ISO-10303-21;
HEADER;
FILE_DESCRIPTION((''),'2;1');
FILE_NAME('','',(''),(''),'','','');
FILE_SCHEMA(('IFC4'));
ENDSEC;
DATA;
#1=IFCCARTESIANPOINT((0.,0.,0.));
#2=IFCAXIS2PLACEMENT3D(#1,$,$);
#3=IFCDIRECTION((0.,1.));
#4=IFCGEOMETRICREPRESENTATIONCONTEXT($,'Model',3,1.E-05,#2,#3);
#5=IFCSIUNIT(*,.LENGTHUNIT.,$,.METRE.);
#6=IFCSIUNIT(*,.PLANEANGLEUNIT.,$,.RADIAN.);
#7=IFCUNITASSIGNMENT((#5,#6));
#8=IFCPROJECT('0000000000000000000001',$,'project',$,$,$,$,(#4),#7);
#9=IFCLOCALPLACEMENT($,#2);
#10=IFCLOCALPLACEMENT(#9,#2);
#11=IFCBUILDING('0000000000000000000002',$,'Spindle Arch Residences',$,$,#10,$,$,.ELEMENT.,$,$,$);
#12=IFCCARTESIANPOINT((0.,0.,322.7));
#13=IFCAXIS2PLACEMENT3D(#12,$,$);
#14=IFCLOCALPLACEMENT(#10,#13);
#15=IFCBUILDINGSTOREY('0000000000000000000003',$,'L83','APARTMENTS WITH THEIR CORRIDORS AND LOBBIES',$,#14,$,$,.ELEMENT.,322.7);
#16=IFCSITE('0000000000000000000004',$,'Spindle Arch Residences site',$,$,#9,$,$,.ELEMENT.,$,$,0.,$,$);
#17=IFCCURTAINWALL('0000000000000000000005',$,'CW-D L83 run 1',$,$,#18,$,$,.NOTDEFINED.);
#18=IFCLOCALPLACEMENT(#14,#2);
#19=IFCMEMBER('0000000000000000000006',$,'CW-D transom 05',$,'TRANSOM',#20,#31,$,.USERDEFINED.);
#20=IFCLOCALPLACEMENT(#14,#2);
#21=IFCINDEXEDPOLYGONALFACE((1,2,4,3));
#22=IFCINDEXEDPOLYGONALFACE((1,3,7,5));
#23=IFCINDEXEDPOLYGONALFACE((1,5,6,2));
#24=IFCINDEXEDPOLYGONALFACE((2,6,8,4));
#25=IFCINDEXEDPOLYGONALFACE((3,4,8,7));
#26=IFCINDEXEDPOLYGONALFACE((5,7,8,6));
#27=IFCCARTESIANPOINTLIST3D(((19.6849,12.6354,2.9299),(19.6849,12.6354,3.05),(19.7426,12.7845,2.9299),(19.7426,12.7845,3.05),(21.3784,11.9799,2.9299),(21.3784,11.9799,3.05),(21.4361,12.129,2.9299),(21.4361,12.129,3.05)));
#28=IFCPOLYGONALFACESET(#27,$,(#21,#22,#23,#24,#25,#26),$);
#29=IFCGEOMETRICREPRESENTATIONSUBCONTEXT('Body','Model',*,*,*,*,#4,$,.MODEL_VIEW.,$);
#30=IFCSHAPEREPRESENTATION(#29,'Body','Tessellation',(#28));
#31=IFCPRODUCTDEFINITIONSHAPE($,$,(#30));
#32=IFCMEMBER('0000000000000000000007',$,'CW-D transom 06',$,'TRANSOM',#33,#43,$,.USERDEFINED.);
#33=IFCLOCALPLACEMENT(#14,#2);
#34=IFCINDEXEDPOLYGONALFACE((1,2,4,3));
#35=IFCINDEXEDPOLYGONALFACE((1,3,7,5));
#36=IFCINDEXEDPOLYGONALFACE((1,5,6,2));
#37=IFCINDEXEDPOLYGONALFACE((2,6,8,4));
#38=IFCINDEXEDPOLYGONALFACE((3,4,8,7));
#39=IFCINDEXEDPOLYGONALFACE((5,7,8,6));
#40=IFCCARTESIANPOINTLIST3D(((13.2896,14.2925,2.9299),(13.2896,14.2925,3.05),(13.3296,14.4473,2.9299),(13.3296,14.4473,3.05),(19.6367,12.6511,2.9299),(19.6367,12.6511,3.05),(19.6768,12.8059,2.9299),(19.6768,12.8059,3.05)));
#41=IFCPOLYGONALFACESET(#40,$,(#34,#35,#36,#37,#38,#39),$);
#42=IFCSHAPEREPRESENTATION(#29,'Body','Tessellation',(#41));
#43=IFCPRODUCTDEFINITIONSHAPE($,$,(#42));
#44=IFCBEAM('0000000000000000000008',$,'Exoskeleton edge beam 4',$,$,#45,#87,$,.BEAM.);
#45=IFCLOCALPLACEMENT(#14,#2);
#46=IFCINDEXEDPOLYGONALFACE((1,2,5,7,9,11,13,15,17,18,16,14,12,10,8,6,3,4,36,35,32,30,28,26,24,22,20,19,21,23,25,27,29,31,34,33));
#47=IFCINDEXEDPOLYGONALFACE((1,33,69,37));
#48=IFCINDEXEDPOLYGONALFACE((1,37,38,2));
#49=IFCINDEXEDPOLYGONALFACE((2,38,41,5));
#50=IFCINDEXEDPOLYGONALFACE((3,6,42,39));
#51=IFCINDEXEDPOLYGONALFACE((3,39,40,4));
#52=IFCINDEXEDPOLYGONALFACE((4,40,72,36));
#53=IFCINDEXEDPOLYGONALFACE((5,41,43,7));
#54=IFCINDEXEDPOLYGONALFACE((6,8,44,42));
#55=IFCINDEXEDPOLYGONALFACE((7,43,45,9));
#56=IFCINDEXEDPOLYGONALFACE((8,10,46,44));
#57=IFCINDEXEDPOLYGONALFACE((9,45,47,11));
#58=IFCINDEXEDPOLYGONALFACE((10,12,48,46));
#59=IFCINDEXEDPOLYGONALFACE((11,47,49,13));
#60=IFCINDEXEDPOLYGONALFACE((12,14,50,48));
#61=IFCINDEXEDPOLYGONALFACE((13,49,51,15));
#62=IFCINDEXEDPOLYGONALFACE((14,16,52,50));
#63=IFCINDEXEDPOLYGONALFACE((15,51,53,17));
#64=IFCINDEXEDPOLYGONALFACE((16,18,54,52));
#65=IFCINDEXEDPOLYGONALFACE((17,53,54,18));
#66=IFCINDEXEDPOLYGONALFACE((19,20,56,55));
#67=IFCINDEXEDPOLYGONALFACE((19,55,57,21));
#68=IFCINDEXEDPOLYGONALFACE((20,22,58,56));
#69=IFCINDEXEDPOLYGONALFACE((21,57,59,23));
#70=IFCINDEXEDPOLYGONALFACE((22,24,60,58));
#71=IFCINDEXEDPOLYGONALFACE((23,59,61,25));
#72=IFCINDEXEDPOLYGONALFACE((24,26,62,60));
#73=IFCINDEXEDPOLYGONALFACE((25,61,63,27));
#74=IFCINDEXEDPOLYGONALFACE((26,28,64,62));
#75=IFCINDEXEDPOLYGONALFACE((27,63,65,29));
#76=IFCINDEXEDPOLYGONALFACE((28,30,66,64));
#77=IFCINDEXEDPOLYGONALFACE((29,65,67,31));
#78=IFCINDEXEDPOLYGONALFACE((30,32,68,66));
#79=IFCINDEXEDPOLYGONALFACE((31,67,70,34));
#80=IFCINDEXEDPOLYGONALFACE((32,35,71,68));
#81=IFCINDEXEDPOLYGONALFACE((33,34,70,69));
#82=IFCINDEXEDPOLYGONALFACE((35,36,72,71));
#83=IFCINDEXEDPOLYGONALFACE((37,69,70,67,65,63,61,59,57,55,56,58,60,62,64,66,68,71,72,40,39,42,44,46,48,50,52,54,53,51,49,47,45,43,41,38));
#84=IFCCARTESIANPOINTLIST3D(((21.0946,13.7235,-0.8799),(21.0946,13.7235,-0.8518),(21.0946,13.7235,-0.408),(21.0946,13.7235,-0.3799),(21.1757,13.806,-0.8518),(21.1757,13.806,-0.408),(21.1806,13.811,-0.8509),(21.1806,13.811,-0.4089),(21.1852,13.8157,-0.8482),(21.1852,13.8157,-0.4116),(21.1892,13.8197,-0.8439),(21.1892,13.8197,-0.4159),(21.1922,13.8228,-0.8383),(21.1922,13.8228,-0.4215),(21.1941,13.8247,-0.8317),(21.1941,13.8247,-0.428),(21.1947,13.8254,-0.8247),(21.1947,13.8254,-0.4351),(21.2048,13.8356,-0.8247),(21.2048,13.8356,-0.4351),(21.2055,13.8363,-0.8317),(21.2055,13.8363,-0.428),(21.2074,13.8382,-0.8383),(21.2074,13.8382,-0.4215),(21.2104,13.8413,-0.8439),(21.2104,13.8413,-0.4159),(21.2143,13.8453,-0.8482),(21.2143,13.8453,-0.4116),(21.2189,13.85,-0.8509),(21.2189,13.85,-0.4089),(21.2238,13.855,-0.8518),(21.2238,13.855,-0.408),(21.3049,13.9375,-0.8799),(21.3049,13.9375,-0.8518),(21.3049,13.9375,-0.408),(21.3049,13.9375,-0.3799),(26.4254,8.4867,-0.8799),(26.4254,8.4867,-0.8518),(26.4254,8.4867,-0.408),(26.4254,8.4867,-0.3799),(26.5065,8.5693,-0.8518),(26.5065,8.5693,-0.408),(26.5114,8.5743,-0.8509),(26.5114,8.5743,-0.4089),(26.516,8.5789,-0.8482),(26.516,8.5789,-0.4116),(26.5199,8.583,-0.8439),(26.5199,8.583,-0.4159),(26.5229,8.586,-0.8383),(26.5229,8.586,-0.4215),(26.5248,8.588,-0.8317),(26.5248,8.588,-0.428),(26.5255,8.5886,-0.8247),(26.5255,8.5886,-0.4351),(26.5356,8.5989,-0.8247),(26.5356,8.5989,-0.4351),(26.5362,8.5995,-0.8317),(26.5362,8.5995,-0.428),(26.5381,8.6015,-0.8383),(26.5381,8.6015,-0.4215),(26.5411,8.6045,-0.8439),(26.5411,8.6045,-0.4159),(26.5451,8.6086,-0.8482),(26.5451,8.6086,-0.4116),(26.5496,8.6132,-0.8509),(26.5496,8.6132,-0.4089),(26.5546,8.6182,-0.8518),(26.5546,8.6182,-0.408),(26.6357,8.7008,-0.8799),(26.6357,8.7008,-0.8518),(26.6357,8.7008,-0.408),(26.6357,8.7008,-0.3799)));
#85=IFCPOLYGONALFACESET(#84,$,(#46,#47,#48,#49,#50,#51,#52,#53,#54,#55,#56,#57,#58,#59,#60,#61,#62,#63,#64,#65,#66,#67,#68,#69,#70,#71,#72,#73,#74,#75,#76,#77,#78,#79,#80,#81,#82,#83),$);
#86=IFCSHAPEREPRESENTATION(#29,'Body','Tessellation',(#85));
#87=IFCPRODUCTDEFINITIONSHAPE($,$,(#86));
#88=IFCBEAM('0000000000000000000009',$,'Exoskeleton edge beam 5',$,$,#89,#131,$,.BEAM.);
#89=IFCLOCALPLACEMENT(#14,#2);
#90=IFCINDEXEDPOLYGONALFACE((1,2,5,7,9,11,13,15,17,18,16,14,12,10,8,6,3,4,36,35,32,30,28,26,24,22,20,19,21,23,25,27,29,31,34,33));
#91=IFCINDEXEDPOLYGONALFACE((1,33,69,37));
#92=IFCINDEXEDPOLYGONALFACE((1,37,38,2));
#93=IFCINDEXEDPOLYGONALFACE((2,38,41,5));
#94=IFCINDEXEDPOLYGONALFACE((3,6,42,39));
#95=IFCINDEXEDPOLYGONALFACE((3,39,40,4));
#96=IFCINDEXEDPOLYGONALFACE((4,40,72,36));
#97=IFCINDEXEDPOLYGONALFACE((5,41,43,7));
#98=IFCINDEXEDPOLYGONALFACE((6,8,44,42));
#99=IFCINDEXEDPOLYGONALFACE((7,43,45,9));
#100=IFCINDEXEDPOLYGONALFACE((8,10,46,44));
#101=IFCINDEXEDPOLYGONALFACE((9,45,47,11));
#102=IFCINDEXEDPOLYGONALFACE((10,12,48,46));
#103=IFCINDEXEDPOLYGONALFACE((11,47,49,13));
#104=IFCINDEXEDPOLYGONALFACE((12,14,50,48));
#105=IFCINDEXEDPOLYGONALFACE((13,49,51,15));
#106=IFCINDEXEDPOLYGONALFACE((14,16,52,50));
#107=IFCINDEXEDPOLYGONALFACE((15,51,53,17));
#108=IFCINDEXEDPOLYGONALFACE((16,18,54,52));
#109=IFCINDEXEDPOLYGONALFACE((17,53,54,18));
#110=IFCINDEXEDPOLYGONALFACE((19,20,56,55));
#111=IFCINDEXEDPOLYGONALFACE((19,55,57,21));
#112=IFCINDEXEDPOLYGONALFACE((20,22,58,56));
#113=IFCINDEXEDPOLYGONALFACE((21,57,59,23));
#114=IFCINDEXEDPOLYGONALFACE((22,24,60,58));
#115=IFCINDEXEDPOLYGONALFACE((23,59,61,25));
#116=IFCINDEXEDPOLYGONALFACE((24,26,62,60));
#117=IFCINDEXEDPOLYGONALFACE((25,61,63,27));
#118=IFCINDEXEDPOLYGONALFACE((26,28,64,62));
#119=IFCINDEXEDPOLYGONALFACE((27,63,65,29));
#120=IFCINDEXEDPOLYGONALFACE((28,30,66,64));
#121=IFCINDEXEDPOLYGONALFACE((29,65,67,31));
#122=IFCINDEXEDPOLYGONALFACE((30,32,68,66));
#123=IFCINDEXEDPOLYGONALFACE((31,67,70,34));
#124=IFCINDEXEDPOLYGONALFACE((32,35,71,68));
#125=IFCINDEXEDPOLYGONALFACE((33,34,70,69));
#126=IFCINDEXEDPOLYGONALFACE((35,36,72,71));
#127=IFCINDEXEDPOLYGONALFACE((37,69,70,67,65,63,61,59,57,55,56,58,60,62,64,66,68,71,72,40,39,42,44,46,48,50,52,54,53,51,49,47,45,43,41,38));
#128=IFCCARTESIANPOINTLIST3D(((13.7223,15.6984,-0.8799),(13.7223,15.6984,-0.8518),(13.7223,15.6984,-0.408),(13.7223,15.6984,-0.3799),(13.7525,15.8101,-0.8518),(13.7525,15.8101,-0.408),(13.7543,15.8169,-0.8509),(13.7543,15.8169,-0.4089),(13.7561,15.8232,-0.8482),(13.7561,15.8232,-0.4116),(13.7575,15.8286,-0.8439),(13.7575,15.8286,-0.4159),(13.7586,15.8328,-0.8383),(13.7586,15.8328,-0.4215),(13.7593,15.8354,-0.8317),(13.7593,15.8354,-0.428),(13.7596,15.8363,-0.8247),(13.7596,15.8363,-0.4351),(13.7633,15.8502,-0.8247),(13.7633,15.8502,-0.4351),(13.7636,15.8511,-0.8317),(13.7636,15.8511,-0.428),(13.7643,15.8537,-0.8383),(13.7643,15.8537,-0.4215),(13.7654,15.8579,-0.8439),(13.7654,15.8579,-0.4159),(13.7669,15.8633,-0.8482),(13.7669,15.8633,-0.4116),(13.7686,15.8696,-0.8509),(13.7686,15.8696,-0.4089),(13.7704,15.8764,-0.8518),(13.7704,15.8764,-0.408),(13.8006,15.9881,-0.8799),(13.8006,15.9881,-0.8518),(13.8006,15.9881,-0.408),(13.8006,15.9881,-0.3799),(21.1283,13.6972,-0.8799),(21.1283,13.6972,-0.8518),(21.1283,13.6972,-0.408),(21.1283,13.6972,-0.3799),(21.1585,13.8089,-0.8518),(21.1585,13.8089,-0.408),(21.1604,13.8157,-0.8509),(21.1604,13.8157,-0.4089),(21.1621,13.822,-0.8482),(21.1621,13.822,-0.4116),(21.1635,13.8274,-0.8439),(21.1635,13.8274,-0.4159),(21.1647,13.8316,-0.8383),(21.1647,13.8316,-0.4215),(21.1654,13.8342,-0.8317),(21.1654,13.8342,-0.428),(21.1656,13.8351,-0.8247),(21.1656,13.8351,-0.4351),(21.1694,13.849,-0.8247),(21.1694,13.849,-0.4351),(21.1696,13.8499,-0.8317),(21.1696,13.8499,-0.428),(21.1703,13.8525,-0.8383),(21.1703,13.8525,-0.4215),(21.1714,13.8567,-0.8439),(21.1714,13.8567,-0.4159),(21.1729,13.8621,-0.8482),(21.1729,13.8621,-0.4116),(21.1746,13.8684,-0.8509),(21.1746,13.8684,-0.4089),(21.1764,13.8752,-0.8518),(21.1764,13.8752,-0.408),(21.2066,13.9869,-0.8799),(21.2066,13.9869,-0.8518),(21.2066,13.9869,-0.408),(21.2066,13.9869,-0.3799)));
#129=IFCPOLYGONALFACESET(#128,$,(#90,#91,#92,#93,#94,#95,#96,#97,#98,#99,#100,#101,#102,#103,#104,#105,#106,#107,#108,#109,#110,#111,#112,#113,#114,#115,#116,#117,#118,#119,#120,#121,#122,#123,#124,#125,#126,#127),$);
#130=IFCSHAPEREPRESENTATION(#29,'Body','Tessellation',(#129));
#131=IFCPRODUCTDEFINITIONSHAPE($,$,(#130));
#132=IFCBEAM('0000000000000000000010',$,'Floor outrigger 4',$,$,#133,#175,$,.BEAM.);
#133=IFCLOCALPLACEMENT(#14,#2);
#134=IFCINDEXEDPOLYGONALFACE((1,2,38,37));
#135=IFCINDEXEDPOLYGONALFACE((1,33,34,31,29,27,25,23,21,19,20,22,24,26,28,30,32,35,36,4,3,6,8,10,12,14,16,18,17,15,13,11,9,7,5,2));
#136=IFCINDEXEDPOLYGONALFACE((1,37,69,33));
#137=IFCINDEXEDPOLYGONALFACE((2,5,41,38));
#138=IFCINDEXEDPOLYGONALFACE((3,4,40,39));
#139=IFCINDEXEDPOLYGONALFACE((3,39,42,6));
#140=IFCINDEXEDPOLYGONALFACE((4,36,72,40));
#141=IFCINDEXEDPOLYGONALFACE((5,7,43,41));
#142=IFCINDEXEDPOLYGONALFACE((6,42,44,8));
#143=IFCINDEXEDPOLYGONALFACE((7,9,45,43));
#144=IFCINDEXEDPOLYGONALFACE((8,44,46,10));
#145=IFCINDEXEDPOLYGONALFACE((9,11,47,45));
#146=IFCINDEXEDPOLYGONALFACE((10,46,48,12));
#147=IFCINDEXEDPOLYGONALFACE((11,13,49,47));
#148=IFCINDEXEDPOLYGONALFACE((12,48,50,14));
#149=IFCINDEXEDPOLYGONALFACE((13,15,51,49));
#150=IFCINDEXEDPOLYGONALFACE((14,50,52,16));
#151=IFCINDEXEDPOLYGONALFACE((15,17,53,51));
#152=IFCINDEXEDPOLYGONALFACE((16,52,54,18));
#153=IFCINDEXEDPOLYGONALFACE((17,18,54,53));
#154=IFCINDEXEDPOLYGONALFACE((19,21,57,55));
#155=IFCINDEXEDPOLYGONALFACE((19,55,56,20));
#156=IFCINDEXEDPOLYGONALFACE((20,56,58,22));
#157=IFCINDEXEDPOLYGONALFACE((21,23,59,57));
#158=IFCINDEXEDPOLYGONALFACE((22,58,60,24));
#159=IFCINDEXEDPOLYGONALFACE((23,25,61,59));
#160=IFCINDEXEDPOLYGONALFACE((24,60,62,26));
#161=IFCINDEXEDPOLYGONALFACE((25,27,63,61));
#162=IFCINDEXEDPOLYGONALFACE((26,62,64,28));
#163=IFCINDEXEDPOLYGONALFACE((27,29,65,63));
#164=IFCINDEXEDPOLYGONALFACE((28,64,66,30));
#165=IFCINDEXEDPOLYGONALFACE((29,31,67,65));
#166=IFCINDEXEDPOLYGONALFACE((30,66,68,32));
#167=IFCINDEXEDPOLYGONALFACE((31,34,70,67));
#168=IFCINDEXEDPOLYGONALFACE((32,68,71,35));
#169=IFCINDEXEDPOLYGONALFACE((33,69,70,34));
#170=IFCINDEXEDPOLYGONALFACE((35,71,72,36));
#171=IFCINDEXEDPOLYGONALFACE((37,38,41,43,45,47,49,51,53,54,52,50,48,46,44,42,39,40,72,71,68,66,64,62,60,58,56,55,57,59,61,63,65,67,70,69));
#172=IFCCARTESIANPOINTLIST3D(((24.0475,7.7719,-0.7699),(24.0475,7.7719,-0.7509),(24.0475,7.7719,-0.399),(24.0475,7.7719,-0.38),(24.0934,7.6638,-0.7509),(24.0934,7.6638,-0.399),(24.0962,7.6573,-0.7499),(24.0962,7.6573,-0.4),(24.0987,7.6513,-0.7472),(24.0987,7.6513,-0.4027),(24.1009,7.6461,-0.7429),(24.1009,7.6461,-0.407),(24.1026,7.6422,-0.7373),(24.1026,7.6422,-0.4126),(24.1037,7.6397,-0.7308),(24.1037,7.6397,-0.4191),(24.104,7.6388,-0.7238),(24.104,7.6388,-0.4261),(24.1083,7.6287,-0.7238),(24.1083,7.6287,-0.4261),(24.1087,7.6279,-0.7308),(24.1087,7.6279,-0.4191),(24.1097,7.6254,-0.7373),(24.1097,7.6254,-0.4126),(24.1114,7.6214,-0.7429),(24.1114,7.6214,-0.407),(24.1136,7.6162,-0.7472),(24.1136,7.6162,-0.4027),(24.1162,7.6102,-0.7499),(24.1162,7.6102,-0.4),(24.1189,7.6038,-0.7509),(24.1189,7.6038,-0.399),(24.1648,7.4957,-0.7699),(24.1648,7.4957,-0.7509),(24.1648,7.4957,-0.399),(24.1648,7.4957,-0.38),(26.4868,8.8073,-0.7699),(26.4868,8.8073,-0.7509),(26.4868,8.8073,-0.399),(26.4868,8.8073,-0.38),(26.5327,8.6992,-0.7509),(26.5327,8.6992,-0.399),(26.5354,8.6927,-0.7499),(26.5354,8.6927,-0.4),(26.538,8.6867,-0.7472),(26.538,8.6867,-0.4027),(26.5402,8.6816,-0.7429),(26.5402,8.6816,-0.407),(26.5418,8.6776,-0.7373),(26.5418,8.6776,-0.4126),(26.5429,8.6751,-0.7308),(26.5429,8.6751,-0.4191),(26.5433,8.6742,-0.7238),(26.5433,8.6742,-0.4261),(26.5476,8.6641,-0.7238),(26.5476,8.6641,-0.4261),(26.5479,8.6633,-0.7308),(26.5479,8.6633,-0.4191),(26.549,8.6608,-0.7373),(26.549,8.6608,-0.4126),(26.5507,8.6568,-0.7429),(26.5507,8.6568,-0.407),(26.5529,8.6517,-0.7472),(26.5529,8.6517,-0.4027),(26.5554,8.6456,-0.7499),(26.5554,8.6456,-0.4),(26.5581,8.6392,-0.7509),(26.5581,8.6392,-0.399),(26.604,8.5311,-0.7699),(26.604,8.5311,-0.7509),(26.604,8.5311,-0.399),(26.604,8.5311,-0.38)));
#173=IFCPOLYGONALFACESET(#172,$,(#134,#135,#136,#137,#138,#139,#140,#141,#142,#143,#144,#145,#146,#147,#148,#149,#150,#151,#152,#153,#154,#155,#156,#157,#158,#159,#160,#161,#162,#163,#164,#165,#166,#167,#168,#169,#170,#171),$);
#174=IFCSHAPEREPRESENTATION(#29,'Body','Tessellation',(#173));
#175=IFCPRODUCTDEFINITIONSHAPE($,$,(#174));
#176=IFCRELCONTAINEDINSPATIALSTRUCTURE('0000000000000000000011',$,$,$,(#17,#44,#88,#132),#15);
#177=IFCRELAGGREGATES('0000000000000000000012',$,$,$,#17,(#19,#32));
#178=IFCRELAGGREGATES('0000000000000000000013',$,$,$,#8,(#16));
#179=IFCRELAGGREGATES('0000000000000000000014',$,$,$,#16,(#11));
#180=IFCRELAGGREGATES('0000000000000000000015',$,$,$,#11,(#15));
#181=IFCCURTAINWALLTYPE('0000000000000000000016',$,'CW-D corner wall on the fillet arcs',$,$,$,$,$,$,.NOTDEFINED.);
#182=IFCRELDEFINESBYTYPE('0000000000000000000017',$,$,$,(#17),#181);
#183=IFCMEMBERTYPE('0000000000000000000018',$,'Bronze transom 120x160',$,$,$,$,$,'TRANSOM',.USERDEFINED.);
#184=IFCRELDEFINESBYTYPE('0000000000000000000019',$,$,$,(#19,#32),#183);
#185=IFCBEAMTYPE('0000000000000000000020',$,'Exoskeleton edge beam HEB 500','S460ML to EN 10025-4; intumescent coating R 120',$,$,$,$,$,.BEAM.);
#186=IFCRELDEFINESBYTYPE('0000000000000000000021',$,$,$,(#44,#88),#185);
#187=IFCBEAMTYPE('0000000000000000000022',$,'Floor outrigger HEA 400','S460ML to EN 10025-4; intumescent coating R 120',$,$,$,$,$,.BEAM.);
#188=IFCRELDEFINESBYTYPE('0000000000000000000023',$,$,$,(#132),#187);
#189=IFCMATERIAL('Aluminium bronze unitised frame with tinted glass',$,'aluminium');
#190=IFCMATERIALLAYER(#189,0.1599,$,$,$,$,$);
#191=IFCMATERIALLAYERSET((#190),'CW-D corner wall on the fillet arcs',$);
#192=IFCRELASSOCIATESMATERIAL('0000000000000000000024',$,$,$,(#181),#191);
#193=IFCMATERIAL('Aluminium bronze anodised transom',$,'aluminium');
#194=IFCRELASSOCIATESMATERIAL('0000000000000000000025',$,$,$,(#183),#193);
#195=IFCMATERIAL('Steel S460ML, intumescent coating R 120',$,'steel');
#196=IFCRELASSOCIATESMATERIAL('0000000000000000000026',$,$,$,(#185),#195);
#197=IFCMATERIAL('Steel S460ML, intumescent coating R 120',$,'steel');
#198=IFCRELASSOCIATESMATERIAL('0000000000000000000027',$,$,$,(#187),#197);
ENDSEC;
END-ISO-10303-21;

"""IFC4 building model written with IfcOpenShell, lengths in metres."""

from ifc_helpers import new_model, si_unit, direction, frame, origin, origin_2d, place, context, subcontext, project, spatial, rectangle, i_section, extrude, material, layer, layer_set, material_profile, profile_set, type_object, element, aggregate, save


model = new_model("IFC4")

# Units and contexts
model_context = context("Model", 3, precision=1e-05, world=origin(), true_north=direction((0.0, 1.0)))
body_context = subcontext(model_context, "Body", "Model", "MODEL_VIEW")
ifc_project = project(units=[si_unit("LENGTHUNIT", "METRE"), si_unit("PLANEANGLEUNIT", "RADIAN")], contexts=[model_context])

# Site, building, storey
site_placement = place(None, origin())
site = spatial("IfcSite", under=ifc_project, at=site_placement, Name="Spindle Arch Residences site", CompositionType="ELEMENT", RefElevation=0.0)
building_placement = place(site_placement, origin())
building = spatial("IfcBuilding", under=site, at=building_placement, Name="Spindle Arch Residences", CompositionType="ELEMENT")
storey_placement = place(building_placement, frame((0.0, 0.0, 322.7)))
storey = spatial("IfcBuildingStorey", under=building, at=storey_placement, Name="L83", Description="APARTMENTS WITH THEIR CORRIDORS AND LOBBIES", CompositionType="ELEMENT", Elevation=322.7)

# Curtain wall, members
ifc_material_1 = material(Name="Aluminium bronze unitised frame with tinted glass", Category="aluminium")
ifc_layer_1 = layer(ifc_material_1, 0.1599)
ifc_layer_set_1 = layer_set([ifc_layer_1], Name="CW-D corner wall on the fillet arcs")
curtain_wall_type = type_object("IfcCurtainWallType", Name="CW-D corner wall on the fillet arcs", PredefinedType="NOTDEFINED", material=ifc_layer_set_1)
curtain_wall_placement = place(storey_placement, origin())
curtain_wall = element("IfcCurtainWall", 1, at=curtain_wall_placement, inside=storey, type_object=curtain_wall_type, Name="CW-D L83 run 1", PredefinedType="NOTDEFINED")
ifc_material_2 = material(Name="Aluminium bronze anodised transom", Category="aluminium")
ifc_material_profile_1 = material_profile(ifc_material_2, rectangle(XDim=0.1599, YDim=0.1201, at=origin_2d()), Name="TR 120x160")
ifc_profile_set_1 = profile_set([ifc_material_profile_1], Name="Aluminium bronze anodised transom")
member_type_1 = type_object("IfcMemberType", Name="Bronze transom 120x160", ElementType="TRANSOM", PredefinedType="USERDEFINED", material=ifc_profile_set_1)
member_1_placement = place(storey_placement, frame((21.4072, 12.0544, 2.99), z_axis=(-0.932581, 0.36096, 0.0), x_axis=(-0.36096, -0.932581, 0.0)))
member_1 = element("IfcMember", 2, at=member_1_placement, type_object=member_type_1, Name="CW-D transom 05", ObjectType="TRANSOM", PredefinedType="USERDEFINED", context=body_context, shape_type="SweptSolid", body=[
    extrude(rectangle(XDim=0.1599, YDim=0.1201, at=origin_2d()), origin(), (0.0, 0.0, 1.0), 1.8159),
])
member_2_placement = place(storey_placement, frame((19.6567, 12.7285, 2.99), z_axis=(-0.968153, 0.250361, 0.0), x_axis=(-0.250361, -0.968153, 0.0)))
member_2 = element("IfcMember", 3, at=member_2_placement, type_object=member_type_1, Name="CW-D transom 06", ObjectType="TRANSOM", PredefinedType="USERDEFINED", context=body_context, shape_type="SweptSolid", body=[
    extrude(rectangle(XDim=0.1599, YDim=0.1201, at=origin_2d()), origin(), (0.0, 0.0, 1.0), 6.5559),
])

# Beams
ifc_material_3 = material(Name="Steel S460ML, intumescent coating R 120", Category="steel")
ifc_material_profile_2 = material_profile(ifc_material_3, i_section(OverallWidth=0.3, OverallDepth=0.5, WebThickness=0.0144, FlangeThickness=0.0281, FilletRadius=0.0271, at=origin_2d()), Name="HEB 500")
ifc_profile_set_2 = profile_set([ifc_material_profile_2], Name="Steel S460ML, intumescent coating R 120")
beam_type_1 = type_object("IfcBeamType", Name="Exoskeleton edge beam HEB 500", Description="S460ML to EN 10025-4; intumescent coating R 120", PredefinedType="BEAM", material=ifc_profile_set_2)
beam_1_placement = place(storey_placement, frame((26.5305, 8.5938, -0.6299), z_axis=(-0.713368, 0.70079, 0.0), x_axis=(-0.70079, -0.713368, 0.0)))
element("IfcBeam", 4, at=beam_1_placement, inside=storey, type_object=beam_type_1, Name="Exoskeleton edge beam 4", PredefinedType="BEAM", context=body_context, shape_type="SweptSolid", body=[
    extrude(i_section(OverallWidth=0.3, OverallDepth=0.5, WebThickness=0.0144, FlangeThickness=0.0281, FilletRadius=0.0271, at=origin_2d()), origin(), (0.0, 0.0, 1.0), 7.4727),
])
beam_2_placement = place(storey_placement, frame((21.1675, 13.842, -0.6299), z_axis=(-0.965377, 0.26086, 0.0), x_axis=(-0.26086, -0.965377, 0.0)))
element("IfcBeam", 5, at=beam_2_placement, inside=storey, type_object=beam_type_1, Name="Exoskeleton edge beam 5", PredefinedType="BEAM", context=body_context, shape_type="SweptSolid", body=[
    extrude(i_section(OverallWidth=0.3, OverallDepth=0.5, WebThickness=0.0144, FlangeThickness=0.0281, FilletRadius=0.0271, at=origin_2d()), origin(), (0.0, 0.0, 1.0), 7.6716),
])
ifc_material_4 = material(Name="Steel S460ML, intumescent coating R 120", Category="steel")
ifc_material_profile_3 = material_profile(ifc_material_4, i_section(OverallWidth=0.3, OverallDepth=0.3899, WebThickness=0.011, FlangeThickness=0.019, FilletRadius=0.0271, at=origin_2d()), Name="HEA 400")
ifc_profile_set_3 = profile_set([ifc_material_profile_3], Name="Steel S460ML, intumescent coating R 120")
beam_type_2 = type_object("IfcBeamType", Name="Floor outrigger HEA 400", Description="S460ML to EN 10025-4; intumescent coating R 120", PredefinedType="BEAM", material=ifc_profile_set_3)
for number, where, z_axis, x_axis, name in (
    (6, (26.5454, 8.6692, -0.575), (-0.920502, -0.390737, 0.0), (0.390737, -0.920502, 0.0), "Floor outrigger 4"),
):
    element("IfcBeam", number, at=place(storey_placement, frame(where, z_axis=z_axis, x_axis=x_axis)), inside=storey, type_object=beam_type_2, Name=name, PredefinedType="BEAM", context=body_context, shape_type="SweptSolid", body=[
        extrude(i_section(OverallWidth=0.3, OverallDepth=0.3899, WebThickness=0.011, FlangeThickness=0.019, FilletRadius=0.0271, at=origin_2d()), origin(), (0.0, 0.0, 1.0), 2.6499),
    ])

aggregate(curtain_wall, [member_1, member_2])

save(model, "model.ifc")
